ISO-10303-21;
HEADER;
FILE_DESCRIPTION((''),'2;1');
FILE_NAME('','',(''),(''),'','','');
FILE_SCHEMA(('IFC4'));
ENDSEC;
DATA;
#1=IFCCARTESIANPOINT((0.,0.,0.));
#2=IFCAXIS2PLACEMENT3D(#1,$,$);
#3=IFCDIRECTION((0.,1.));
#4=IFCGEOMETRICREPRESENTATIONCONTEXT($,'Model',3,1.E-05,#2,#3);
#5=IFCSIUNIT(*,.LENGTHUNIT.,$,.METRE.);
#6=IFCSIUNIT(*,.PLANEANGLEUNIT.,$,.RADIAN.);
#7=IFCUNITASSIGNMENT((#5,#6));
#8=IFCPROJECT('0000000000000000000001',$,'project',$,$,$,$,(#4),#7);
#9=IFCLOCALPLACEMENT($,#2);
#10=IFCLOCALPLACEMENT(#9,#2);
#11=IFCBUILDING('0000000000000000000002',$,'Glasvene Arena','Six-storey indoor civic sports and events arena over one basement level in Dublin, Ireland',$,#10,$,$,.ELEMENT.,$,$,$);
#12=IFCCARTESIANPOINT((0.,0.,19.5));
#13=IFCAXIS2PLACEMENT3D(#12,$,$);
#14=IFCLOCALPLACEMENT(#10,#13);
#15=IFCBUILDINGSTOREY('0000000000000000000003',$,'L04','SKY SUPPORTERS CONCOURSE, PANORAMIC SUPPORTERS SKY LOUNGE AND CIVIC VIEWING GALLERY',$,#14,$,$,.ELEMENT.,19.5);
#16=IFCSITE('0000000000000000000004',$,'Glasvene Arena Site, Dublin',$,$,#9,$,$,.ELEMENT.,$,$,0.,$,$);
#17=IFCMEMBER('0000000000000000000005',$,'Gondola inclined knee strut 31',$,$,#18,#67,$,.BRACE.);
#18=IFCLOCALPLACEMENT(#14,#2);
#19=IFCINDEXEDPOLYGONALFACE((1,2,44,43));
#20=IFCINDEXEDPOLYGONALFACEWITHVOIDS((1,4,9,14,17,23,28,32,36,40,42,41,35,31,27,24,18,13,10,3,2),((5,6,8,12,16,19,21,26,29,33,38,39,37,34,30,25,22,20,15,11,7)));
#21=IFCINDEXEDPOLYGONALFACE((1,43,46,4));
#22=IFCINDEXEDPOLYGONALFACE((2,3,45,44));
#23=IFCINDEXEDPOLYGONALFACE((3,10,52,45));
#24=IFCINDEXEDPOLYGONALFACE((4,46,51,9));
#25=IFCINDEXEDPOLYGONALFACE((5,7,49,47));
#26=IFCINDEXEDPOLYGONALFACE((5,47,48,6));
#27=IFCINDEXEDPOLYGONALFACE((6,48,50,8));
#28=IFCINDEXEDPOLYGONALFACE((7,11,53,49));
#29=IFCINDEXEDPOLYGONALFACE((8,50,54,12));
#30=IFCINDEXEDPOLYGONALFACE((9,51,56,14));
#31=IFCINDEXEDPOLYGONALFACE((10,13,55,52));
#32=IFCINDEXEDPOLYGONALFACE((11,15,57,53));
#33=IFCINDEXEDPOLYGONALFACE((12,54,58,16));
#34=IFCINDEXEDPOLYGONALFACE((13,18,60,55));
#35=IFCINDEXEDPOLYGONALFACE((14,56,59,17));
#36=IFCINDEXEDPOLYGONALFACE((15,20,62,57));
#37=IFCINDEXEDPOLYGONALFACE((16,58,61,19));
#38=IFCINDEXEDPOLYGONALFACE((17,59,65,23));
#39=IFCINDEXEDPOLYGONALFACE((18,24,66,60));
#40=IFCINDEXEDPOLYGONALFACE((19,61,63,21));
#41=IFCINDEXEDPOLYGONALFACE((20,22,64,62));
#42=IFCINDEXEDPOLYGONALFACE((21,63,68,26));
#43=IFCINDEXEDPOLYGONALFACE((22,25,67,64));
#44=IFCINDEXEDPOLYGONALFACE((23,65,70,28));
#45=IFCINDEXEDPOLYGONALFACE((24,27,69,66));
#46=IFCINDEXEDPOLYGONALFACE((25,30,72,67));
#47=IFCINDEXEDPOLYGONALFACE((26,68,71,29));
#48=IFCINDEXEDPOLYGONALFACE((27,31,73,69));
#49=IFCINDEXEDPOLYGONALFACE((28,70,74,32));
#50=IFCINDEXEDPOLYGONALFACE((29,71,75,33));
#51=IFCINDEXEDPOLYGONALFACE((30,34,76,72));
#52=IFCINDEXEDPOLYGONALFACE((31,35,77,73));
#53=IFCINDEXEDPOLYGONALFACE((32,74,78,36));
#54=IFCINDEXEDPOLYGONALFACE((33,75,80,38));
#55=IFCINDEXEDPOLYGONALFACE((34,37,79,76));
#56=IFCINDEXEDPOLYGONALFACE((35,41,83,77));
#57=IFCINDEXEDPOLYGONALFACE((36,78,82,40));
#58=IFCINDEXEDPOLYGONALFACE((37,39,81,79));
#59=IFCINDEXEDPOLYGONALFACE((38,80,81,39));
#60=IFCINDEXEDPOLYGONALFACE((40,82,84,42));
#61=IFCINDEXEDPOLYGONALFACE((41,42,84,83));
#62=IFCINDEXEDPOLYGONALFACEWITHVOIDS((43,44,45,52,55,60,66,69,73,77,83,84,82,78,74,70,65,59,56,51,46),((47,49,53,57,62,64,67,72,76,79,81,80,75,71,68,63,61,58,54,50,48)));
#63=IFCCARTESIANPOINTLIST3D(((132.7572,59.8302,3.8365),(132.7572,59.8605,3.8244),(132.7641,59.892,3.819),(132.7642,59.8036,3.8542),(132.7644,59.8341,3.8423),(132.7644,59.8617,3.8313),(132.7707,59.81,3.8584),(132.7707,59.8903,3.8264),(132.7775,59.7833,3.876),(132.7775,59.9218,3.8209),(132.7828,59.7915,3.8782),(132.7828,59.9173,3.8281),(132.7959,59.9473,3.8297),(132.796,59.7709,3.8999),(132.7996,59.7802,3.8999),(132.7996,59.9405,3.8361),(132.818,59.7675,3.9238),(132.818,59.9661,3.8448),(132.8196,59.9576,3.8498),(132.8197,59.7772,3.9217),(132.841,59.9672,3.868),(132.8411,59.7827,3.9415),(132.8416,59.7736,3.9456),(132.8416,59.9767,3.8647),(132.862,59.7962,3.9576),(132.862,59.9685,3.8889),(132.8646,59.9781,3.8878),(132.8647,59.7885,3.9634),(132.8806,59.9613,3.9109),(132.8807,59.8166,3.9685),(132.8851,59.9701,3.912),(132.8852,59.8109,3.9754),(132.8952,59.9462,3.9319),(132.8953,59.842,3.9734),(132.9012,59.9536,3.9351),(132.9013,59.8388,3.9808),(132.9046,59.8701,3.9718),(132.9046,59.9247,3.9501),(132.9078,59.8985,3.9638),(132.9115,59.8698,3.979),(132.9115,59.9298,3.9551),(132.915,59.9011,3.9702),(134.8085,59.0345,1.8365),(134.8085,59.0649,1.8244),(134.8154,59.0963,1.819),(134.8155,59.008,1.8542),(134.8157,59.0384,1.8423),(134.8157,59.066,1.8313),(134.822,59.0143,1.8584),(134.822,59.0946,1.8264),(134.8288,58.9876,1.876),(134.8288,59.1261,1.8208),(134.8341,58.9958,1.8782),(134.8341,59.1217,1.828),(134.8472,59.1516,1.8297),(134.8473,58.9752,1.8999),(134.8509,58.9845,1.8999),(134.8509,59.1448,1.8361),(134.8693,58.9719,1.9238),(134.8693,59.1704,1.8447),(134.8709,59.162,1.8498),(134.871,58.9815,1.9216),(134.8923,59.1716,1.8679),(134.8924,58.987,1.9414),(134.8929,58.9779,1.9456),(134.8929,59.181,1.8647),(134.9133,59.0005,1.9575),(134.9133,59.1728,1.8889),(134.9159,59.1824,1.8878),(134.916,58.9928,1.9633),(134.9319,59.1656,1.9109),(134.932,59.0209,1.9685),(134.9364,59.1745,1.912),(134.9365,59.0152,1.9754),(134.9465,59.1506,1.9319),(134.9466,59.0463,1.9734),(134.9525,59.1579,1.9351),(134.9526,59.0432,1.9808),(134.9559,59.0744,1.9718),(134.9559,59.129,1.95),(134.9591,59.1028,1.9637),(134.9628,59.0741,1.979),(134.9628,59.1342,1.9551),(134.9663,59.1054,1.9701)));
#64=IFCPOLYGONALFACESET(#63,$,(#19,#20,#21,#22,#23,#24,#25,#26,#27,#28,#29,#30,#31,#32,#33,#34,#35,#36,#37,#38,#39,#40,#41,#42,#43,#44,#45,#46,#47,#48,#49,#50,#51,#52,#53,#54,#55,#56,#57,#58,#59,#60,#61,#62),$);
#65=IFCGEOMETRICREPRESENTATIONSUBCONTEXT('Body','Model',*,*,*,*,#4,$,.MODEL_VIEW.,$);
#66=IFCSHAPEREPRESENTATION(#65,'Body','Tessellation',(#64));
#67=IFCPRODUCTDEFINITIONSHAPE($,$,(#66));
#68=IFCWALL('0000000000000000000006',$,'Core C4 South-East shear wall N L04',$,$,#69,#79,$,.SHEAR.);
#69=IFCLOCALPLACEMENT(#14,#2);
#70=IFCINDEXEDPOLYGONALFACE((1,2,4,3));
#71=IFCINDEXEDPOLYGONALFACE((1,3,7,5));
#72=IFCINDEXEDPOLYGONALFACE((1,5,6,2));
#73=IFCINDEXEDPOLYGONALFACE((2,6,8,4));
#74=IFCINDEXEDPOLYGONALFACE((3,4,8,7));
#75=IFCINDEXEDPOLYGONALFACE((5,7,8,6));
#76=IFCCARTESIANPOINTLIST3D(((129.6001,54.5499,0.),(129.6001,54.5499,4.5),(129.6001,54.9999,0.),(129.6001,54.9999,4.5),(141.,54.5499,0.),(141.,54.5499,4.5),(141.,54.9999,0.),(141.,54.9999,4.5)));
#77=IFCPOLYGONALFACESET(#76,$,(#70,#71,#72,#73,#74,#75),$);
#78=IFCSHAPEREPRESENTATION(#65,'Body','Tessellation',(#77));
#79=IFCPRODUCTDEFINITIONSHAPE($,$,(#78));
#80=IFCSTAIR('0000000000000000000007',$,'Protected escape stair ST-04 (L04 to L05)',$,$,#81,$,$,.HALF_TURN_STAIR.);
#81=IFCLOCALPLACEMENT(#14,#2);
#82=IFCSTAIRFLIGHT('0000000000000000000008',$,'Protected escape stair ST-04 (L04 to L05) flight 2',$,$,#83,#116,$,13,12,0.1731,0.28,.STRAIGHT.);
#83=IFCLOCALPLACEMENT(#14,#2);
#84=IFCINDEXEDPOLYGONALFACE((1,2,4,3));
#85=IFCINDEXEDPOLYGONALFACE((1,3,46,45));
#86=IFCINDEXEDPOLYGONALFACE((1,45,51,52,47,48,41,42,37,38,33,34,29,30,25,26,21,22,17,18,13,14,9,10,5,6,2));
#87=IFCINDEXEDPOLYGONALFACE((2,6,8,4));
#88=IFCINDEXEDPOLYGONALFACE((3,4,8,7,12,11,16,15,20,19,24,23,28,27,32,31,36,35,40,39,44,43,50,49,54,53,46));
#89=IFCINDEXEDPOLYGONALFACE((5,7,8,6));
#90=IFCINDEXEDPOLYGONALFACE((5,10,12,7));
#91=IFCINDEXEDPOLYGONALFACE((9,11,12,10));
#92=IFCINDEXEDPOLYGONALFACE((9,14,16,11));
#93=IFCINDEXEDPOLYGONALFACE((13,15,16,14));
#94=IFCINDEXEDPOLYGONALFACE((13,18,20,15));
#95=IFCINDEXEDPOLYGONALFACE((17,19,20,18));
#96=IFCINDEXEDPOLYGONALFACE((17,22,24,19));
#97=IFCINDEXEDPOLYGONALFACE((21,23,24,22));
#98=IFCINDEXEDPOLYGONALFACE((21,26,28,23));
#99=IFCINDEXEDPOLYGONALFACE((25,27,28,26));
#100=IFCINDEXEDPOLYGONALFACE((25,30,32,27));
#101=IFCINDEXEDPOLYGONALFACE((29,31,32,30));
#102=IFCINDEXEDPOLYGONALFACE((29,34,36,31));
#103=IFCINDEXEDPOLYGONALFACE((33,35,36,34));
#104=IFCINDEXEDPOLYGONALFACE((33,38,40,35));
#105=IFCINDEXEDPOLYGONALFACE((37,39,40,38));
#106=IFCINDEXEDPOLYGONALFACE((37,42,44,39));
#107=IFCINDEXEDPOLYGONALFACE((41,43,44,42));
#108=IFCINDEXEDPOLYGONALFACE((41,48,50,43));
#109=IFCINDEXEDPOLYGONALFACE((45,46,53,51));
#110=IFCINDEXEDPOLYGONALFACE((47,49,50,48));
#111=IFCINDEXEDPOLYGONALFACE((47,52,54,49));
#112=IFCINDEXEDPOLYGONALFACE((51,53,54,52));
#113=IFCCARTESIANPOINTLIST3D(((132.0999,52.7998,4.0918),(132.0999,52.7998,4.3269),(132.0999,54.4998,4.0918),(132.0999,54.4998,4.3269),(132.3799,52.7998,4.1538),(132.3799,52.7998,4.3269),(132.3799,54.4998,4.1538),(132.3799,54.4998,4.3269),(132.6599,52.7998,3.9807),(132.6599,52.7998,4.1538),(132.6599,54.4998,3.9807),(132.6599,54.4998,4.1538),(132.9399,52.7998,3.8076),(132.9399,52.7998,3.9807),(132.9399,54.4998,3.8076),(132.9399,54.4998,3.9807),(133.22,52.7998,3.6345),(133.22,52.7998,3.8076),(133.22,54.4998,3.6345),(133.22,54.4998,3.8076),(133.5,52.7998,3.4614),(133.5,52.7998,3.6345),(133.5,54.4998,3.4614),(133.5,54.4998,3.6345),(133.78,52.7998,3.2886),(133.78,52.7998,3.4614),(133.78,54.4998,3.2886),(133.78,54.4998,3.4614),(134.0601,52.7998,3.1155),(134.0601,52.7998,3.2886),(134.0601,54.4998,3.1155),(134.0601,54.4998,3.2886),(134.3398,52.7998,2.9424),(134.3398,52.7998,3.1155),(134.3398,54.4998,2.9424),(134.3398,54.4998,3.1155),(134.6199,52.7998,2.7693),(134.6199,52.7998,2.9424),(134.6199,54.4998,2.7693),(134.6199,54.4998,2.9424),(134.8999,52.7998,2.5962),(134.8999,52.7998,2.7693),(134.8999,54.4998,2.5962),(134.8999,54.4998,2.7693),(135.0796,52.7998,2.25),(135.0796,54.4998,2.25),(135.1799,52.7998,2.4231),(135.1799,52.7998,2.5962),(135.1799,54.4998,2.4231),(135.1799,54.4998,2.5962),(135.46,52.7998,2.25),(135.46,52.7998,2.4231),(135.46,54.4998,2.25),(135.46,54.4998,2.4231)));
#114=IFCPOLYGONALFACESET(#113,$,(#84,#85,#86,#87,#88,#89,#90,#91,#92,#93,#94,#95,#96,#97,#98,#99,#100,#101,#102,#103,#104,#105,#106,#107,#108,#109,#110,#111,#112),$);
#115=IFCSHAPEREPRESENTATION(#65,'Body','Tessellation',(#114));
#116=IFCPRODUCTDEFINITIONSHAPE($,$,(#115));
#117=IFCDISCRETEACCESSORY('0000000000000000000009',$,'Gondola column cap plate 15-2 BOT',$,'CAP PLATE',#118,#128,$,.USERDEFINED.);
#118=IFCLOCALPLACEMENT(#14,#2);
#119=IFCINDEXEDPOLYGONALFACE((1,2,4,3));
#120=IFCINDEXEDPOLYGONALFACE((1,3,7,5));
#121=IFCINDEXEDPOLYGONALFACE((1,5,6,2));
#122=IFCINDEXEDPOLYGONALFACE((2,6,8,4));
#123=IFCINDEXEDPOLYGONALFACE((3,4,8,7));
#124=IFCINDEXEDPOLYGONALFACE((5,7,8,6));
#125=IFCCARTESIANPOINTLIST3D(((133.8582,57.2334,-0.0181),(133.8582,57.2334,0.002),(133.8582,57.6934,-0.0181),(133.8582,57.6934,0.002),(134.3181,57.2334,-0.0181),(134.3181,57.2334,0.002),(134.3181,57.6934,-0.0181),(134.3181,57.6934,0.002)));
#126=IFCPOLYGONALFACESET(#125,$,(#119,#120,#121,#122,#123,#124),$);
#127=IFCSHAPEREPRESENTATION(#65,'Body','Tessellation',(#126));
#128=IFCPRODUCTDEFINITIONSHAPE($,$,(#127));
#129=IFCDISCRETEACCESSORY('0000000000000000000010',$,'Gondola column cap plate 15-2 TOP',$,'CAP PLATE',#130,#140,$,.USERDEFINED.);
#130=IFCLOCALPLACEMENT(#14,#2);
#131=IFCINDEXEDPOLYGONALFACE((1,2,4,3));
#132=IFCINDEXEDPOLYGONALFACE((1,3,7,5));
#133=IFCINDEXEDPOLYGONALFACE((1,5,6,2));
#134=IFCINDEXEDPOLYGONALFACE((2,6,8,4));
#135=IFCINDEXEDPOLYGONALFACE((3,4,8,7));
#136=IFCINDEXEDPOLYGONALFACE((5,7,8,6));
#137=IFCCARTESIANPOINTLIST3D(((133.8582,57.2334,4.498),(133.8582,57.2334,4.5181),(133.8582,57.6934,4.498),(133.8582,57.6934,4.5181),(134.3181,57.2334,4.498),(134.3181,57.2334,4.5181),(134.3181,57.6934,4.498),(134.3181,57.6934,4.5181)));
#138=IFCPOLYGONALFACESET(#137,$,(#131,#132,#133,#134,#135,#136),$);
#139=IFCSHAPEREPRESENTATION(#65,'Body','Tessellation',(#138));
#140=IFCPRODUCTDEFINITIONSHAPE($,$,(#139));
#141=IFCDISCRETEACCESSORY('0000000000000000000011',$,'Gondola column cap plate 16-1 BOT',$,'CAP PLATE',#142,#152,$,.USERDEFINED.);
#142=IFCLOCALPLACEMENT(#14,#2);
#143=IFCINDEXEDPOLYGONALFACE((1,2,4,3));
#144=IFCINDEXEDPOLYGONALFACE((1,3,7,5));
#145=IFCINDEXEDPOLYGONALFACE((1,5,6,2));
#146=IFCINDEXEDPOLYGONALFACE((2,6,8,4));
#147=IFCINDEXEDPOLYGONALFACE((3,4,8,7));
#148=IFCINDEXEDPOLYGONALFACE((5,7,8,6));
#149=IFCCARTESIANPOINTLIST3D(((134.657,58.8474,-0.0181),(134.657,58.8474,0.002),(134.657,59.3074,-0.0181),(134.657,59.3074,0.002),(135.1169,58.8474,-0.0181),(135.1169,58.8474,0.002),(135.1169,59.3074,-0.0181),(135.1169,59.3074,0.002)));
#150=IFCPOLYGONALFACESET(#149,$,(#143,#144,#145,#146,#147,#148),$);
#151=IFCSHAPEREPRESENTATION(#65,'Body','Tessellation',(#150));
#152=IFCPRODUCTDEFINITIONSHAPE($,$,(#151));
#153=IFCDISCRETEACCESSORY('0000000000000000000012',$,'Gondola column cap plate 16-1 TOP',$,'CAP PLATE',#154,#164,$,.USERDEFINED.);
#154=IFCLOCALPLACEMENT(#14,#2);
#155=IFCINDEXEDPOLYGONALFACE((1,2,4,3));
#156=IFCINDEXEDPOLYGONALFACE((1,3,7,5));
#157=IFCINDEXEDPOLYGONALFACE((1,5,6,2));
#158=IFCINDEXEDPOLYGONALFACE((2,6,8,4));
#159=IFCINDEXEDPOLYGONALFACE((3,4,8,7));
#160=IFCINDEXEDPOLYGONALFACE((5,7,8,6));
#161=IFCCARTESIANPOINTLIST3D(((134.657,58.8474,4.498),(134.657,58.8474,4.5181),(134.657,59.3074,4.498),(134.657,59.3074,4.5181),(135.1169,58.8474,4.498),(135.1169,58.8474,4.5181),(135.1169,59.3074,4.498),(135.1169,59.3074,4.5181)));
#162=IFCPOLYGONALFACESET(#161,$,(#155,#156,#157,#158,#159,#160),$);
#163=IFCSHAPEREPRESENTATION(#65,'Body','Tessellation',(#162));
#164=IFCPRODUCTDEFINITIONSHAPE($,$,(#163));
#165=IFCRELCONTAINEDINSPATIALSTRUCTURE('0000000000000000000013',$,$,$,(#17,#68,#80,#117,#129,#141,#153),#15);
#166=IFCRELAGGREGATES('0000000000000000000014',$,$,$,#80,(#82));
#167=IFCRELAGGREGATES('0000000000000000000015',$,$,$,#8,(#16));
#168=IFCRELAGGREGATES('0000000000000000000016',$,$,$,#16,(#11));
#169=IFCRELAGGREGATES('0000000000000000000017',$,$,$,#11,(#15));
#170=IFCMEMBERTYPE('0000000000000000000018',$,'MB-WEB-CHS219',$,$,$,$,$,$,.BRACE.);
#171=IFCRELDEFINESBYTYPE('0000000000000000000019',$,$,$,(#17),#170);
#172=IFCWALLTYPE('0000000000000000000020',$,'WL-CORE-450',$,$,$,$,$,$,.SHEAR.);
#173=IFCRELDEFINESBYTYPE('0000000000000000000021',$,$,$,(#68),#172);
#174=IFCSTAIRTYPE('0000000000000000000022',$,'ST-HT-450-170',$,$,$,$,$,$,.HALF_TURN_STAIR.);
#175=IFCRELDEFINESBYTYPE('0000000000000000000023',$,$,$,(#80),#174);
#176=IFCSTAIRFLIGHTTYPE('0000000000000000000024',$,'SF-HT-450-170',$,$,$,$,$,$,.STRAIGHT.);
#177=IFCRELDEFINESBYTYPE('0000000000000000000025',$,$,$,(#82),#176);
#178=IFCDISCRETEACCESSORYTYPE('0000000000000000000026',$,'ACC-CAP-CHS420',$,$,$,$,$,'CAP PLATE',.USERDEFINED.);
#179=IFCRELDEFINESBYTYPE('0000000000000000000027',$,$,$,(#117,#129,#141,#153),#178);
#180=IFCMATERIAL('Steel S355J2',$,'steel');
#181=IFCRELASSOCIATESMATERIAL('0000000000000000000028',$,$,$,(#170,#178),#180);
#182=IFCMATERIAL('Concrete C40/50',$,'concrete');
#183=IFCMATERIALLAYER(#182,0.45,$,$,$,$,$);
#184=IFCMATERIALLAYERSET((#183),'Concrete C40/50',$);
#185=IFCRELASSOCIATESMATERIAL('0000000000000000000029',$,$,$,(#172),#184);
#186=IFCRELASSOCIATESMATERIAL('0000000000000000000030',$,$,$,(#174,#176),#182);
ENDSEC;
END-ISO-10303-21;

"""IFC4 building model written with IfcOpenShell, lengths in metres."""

from ifc_helpers import new_model, si_unit, direction, frame, frame_2d, origin, origin_2d, place, context, subcontext, project, spatial, polyline, rectangle, hollow_circle, outline, extrude, material, layer, layer_set, material_profile, profile_set, type_object, element, aggregate, save


model = new_model("IFC4")

# Units and contexts
model_context = context("Model", 3, precision=1e-05, world=origin(), true_north=direction((0.0, 1.0)))
body_context = subcontext(model_context, "Body", "Model", "MODEL_VIEW")
ifc_project = project(units=[si_unit("LENGTHUNIT", "METRE"), si_unit("PLANEANGLEUNIT", "RADIAN")], contexts=[model_context])

# Site, building, storey
site_placement = place(None, origin())
site = spatial("IfcSite", under=ifc_project, at=site_placement, Name="Glasvene Arena Site, Dublin", CompositionType="ELEMENT", RefElevation=0.0)
building_placement = place(site_placement, origin())
building = spatial("IfcBuilding", under=site, at=building_placement, Name="Glasvene Arena", Description="Six-storey indoor civic sports and events arena over one basement level in Dublin, Ireland", CompositionType="ELEMENT")
storey_placement = place(building_placement, frame((0.0, 0.0, 19.5)))
storey = spatial("IfcBuildingStorey", under=building, at=storey_placement, Name="L04", Description="SKY SUPPORTERS CONCOURSE, PANORAMIC SUPPORTERS SKY LOUNGE AND CIVIC VIEWING GALLERY", CompositionType="ELEMENT", Elevation=19.5)

# Shared definitions
ifc_material_1 = material(Name="Steel S355J2", Category="steel")

# Member
ifc_material_profile_1 = material_profile(ifc_material_1, hollow_circle(Radius=0.1096, WallThickness=0.01, at=origin_2d()), Name="CHS 219.1x10.0")
ifc_profile_set_1 = profile_set([ifc_material_profile_1], Name="Steel S355J2")
member_type = type_object("IfcMemberType", Name="MB-WEB-CHS219", PredefinedType="BRACE", material=ifc_profile_set_1)
for number, where, z_axis, x_axis, name in (
    (1, (134.887, 59.0774, 1.8999), (-0.689886, 0.267596, 0.672643), (-0.361632, -0.932321, 0.0), "Gondola inclined knee strut 31"),
):
    element("IfcMember", number, at=place(storey_placement, frame(where, z_axis=z_axis, x_axis=x_axis)), inside=storey, type_object=member_type, Name=name, PredefinedType="BRACE", context=body_context, shape_type="SweptSolid", body=[
        extrude(hollow_circle(Radius=0.1096, WallThickness=0.01, at=origin_2d()), origin(), (0.0, 0.0, 1.0), 2.9734),
    ])

# Wall
ifc_material_2 = material(Name="Concrete C40/50", Category="concrete")
ifc_layer = layer(ifc_material_2, 0.45)
ifc_layer_set = layer_set([ifc_layer], Name="Concrete C40/50")
wall_type = type_object("IfcWallType", Name="WL-CORE-450", PredefinedType="SHEAR", material=ifc_layer_set)
wall_placement = place(storey_placement, frame((129.6001, 54.7749, 0.0), z_axis=(0.0, 0.0, 1.0), x_axis=(1.0, 0.0, 0.0)))
element("IfcWall", 2, at=wall_placement, inside=storey, type_object=wall_type, Name="Core C4 South-East shear wall N L04", PredefinedType="SHEAR", context=body_context, shape_type="SweptSolid", body=[
    extrude(rectangle(XDim=11.3999, YDim=0.45, at=frame_2d((5.7, 0.0))), origin(), (0.0, 0.0, 1.0), 4.5),
])

# Stair, stair flight
stair_type = type_object("IfcStairType", Name="ST-HT-450-170", PredefinedType="HALF_TURN_STAIR", material=ifc_material_2)
stair_placement = place(storey_placement, origin())
stair = element("IfcStair", 3, at=stair_placement, inside=storey, type_object=stair_type, Name="Protected escape stair ST-04 (L04 to L05)", PredefinedType="HALF_TURN_STAIR")
stair_flight_type = type_object("IfcStairFlightType", Name="SF-HT-450-170", PredefinedType="STRAIGHT", material=ifc_material_2)
stair_flight_placement = place(storey_placement, frame((135.46, 53.6499, 2.25), z_axis=(0.0, 0.0, 1.0), x_axis=(-1.0, 0.0, 0.0)))
stair_flight = element("IfcStairFlight", 4, at=stair_flight_placement, type_object=stair_flight_type, Name="Protected escape stair ST-04 (L04 to L05) flight 2", NumberOfRisers=13, NumberOfTreads=12, PredefinedType="STRAIGHT", RiserHeight=0.1731, TreadLength=0.28, context=body_context, shape_type="SweptSolid", body=[
    extrude(outline(polyline([(0.0, 0.0), (0.0, 0.1731), (0.28, 0.1731), (0.28, 0.3462), (0.5601, 0.3462), (0.5601, 0.5193), (0.8401, 0.5193), (0.8401, 0.6924), (1.1201, 0.6924), (1.1201, 0.8655), (1.3999, 0.8655), (1.3999, 1.0386), (1.6799, 1.0386), (1.6799, 1.2114), (1.96, 1.2114), (1.96, 1.3845), (2.24, 1.3845), (2.24, 1.5576), (2.52, 1.5576), (2.52, 1.7307), (2.8, 1.7307), (2.8, 1.9038), (3.0801, 1.9038), (3.0801, 2.0769), (3.3601, 2.0769), (3.3601, 2.25), (3.3601, 1.8418), (0.3804, 0.0), (0.0, 0.0)])), frame((0.0, 0.8501, 0.0), z_axis=(0.0, -1.0, 0.0), x_axis=(1.0, 0.0, 0.0)), (0.0, 0.0, 1.0), 1.7),
])
aggregate(stair, [stair_flight])

# Discrete accessories
discrete_accessory_type = type_object("IfcDiscreteAccessoryType", Name="ACC-CAP-CHS420", ElementType="CAP PLATE", PredefinedType="USERDEFINED", material=ifc_material_1)
for number, where, z_axis, x_axis, name in (
    (5, (134.0881, 57.4634, -0.0181), (0.0, 0.0, 1.0), (1.0, 0.0, 0.0), "Gondola column cap plate 15-2 BOT"),
    (6, (134.0881, 57.4634, 4.498), (0.0, 0.0, 1.0), (1.0, 0.0, 0.0), "Gondola column cap plate 15-2 TOP"),
    (7, (134.887, 59.0774, -0.0181), (0.0, 0.0, 1.0), (1.0, 0.0, 0.0), "Gondola column cap plate 16-1 BOT"),
    (8, (134.887, 59.0774, 4.498), (0.0, 0.0, 1.0), (1.0, 0.0, 0.0), "Gondola column cap plate 16-1 TOP"),
):
    element("IfcDiscreteAccessory", number, at=place(storey_placement, frame(where, z_axis=z_axis, x_axis=x_axis)), inside=storey, type_object=discrete_accessory_type, Name=name, ObjectType="CAP PLATE", PredefinedType="USERDEFINED", context=body_context, shape_type="SweptSolid", body=[
        extrude(rectangle(XDim=0.46, YDim=0.46, at=origin_2d()), origin(), (0.0, 0.0, 1.0), 0.02),
    ])

save(model, "model.ifc")
